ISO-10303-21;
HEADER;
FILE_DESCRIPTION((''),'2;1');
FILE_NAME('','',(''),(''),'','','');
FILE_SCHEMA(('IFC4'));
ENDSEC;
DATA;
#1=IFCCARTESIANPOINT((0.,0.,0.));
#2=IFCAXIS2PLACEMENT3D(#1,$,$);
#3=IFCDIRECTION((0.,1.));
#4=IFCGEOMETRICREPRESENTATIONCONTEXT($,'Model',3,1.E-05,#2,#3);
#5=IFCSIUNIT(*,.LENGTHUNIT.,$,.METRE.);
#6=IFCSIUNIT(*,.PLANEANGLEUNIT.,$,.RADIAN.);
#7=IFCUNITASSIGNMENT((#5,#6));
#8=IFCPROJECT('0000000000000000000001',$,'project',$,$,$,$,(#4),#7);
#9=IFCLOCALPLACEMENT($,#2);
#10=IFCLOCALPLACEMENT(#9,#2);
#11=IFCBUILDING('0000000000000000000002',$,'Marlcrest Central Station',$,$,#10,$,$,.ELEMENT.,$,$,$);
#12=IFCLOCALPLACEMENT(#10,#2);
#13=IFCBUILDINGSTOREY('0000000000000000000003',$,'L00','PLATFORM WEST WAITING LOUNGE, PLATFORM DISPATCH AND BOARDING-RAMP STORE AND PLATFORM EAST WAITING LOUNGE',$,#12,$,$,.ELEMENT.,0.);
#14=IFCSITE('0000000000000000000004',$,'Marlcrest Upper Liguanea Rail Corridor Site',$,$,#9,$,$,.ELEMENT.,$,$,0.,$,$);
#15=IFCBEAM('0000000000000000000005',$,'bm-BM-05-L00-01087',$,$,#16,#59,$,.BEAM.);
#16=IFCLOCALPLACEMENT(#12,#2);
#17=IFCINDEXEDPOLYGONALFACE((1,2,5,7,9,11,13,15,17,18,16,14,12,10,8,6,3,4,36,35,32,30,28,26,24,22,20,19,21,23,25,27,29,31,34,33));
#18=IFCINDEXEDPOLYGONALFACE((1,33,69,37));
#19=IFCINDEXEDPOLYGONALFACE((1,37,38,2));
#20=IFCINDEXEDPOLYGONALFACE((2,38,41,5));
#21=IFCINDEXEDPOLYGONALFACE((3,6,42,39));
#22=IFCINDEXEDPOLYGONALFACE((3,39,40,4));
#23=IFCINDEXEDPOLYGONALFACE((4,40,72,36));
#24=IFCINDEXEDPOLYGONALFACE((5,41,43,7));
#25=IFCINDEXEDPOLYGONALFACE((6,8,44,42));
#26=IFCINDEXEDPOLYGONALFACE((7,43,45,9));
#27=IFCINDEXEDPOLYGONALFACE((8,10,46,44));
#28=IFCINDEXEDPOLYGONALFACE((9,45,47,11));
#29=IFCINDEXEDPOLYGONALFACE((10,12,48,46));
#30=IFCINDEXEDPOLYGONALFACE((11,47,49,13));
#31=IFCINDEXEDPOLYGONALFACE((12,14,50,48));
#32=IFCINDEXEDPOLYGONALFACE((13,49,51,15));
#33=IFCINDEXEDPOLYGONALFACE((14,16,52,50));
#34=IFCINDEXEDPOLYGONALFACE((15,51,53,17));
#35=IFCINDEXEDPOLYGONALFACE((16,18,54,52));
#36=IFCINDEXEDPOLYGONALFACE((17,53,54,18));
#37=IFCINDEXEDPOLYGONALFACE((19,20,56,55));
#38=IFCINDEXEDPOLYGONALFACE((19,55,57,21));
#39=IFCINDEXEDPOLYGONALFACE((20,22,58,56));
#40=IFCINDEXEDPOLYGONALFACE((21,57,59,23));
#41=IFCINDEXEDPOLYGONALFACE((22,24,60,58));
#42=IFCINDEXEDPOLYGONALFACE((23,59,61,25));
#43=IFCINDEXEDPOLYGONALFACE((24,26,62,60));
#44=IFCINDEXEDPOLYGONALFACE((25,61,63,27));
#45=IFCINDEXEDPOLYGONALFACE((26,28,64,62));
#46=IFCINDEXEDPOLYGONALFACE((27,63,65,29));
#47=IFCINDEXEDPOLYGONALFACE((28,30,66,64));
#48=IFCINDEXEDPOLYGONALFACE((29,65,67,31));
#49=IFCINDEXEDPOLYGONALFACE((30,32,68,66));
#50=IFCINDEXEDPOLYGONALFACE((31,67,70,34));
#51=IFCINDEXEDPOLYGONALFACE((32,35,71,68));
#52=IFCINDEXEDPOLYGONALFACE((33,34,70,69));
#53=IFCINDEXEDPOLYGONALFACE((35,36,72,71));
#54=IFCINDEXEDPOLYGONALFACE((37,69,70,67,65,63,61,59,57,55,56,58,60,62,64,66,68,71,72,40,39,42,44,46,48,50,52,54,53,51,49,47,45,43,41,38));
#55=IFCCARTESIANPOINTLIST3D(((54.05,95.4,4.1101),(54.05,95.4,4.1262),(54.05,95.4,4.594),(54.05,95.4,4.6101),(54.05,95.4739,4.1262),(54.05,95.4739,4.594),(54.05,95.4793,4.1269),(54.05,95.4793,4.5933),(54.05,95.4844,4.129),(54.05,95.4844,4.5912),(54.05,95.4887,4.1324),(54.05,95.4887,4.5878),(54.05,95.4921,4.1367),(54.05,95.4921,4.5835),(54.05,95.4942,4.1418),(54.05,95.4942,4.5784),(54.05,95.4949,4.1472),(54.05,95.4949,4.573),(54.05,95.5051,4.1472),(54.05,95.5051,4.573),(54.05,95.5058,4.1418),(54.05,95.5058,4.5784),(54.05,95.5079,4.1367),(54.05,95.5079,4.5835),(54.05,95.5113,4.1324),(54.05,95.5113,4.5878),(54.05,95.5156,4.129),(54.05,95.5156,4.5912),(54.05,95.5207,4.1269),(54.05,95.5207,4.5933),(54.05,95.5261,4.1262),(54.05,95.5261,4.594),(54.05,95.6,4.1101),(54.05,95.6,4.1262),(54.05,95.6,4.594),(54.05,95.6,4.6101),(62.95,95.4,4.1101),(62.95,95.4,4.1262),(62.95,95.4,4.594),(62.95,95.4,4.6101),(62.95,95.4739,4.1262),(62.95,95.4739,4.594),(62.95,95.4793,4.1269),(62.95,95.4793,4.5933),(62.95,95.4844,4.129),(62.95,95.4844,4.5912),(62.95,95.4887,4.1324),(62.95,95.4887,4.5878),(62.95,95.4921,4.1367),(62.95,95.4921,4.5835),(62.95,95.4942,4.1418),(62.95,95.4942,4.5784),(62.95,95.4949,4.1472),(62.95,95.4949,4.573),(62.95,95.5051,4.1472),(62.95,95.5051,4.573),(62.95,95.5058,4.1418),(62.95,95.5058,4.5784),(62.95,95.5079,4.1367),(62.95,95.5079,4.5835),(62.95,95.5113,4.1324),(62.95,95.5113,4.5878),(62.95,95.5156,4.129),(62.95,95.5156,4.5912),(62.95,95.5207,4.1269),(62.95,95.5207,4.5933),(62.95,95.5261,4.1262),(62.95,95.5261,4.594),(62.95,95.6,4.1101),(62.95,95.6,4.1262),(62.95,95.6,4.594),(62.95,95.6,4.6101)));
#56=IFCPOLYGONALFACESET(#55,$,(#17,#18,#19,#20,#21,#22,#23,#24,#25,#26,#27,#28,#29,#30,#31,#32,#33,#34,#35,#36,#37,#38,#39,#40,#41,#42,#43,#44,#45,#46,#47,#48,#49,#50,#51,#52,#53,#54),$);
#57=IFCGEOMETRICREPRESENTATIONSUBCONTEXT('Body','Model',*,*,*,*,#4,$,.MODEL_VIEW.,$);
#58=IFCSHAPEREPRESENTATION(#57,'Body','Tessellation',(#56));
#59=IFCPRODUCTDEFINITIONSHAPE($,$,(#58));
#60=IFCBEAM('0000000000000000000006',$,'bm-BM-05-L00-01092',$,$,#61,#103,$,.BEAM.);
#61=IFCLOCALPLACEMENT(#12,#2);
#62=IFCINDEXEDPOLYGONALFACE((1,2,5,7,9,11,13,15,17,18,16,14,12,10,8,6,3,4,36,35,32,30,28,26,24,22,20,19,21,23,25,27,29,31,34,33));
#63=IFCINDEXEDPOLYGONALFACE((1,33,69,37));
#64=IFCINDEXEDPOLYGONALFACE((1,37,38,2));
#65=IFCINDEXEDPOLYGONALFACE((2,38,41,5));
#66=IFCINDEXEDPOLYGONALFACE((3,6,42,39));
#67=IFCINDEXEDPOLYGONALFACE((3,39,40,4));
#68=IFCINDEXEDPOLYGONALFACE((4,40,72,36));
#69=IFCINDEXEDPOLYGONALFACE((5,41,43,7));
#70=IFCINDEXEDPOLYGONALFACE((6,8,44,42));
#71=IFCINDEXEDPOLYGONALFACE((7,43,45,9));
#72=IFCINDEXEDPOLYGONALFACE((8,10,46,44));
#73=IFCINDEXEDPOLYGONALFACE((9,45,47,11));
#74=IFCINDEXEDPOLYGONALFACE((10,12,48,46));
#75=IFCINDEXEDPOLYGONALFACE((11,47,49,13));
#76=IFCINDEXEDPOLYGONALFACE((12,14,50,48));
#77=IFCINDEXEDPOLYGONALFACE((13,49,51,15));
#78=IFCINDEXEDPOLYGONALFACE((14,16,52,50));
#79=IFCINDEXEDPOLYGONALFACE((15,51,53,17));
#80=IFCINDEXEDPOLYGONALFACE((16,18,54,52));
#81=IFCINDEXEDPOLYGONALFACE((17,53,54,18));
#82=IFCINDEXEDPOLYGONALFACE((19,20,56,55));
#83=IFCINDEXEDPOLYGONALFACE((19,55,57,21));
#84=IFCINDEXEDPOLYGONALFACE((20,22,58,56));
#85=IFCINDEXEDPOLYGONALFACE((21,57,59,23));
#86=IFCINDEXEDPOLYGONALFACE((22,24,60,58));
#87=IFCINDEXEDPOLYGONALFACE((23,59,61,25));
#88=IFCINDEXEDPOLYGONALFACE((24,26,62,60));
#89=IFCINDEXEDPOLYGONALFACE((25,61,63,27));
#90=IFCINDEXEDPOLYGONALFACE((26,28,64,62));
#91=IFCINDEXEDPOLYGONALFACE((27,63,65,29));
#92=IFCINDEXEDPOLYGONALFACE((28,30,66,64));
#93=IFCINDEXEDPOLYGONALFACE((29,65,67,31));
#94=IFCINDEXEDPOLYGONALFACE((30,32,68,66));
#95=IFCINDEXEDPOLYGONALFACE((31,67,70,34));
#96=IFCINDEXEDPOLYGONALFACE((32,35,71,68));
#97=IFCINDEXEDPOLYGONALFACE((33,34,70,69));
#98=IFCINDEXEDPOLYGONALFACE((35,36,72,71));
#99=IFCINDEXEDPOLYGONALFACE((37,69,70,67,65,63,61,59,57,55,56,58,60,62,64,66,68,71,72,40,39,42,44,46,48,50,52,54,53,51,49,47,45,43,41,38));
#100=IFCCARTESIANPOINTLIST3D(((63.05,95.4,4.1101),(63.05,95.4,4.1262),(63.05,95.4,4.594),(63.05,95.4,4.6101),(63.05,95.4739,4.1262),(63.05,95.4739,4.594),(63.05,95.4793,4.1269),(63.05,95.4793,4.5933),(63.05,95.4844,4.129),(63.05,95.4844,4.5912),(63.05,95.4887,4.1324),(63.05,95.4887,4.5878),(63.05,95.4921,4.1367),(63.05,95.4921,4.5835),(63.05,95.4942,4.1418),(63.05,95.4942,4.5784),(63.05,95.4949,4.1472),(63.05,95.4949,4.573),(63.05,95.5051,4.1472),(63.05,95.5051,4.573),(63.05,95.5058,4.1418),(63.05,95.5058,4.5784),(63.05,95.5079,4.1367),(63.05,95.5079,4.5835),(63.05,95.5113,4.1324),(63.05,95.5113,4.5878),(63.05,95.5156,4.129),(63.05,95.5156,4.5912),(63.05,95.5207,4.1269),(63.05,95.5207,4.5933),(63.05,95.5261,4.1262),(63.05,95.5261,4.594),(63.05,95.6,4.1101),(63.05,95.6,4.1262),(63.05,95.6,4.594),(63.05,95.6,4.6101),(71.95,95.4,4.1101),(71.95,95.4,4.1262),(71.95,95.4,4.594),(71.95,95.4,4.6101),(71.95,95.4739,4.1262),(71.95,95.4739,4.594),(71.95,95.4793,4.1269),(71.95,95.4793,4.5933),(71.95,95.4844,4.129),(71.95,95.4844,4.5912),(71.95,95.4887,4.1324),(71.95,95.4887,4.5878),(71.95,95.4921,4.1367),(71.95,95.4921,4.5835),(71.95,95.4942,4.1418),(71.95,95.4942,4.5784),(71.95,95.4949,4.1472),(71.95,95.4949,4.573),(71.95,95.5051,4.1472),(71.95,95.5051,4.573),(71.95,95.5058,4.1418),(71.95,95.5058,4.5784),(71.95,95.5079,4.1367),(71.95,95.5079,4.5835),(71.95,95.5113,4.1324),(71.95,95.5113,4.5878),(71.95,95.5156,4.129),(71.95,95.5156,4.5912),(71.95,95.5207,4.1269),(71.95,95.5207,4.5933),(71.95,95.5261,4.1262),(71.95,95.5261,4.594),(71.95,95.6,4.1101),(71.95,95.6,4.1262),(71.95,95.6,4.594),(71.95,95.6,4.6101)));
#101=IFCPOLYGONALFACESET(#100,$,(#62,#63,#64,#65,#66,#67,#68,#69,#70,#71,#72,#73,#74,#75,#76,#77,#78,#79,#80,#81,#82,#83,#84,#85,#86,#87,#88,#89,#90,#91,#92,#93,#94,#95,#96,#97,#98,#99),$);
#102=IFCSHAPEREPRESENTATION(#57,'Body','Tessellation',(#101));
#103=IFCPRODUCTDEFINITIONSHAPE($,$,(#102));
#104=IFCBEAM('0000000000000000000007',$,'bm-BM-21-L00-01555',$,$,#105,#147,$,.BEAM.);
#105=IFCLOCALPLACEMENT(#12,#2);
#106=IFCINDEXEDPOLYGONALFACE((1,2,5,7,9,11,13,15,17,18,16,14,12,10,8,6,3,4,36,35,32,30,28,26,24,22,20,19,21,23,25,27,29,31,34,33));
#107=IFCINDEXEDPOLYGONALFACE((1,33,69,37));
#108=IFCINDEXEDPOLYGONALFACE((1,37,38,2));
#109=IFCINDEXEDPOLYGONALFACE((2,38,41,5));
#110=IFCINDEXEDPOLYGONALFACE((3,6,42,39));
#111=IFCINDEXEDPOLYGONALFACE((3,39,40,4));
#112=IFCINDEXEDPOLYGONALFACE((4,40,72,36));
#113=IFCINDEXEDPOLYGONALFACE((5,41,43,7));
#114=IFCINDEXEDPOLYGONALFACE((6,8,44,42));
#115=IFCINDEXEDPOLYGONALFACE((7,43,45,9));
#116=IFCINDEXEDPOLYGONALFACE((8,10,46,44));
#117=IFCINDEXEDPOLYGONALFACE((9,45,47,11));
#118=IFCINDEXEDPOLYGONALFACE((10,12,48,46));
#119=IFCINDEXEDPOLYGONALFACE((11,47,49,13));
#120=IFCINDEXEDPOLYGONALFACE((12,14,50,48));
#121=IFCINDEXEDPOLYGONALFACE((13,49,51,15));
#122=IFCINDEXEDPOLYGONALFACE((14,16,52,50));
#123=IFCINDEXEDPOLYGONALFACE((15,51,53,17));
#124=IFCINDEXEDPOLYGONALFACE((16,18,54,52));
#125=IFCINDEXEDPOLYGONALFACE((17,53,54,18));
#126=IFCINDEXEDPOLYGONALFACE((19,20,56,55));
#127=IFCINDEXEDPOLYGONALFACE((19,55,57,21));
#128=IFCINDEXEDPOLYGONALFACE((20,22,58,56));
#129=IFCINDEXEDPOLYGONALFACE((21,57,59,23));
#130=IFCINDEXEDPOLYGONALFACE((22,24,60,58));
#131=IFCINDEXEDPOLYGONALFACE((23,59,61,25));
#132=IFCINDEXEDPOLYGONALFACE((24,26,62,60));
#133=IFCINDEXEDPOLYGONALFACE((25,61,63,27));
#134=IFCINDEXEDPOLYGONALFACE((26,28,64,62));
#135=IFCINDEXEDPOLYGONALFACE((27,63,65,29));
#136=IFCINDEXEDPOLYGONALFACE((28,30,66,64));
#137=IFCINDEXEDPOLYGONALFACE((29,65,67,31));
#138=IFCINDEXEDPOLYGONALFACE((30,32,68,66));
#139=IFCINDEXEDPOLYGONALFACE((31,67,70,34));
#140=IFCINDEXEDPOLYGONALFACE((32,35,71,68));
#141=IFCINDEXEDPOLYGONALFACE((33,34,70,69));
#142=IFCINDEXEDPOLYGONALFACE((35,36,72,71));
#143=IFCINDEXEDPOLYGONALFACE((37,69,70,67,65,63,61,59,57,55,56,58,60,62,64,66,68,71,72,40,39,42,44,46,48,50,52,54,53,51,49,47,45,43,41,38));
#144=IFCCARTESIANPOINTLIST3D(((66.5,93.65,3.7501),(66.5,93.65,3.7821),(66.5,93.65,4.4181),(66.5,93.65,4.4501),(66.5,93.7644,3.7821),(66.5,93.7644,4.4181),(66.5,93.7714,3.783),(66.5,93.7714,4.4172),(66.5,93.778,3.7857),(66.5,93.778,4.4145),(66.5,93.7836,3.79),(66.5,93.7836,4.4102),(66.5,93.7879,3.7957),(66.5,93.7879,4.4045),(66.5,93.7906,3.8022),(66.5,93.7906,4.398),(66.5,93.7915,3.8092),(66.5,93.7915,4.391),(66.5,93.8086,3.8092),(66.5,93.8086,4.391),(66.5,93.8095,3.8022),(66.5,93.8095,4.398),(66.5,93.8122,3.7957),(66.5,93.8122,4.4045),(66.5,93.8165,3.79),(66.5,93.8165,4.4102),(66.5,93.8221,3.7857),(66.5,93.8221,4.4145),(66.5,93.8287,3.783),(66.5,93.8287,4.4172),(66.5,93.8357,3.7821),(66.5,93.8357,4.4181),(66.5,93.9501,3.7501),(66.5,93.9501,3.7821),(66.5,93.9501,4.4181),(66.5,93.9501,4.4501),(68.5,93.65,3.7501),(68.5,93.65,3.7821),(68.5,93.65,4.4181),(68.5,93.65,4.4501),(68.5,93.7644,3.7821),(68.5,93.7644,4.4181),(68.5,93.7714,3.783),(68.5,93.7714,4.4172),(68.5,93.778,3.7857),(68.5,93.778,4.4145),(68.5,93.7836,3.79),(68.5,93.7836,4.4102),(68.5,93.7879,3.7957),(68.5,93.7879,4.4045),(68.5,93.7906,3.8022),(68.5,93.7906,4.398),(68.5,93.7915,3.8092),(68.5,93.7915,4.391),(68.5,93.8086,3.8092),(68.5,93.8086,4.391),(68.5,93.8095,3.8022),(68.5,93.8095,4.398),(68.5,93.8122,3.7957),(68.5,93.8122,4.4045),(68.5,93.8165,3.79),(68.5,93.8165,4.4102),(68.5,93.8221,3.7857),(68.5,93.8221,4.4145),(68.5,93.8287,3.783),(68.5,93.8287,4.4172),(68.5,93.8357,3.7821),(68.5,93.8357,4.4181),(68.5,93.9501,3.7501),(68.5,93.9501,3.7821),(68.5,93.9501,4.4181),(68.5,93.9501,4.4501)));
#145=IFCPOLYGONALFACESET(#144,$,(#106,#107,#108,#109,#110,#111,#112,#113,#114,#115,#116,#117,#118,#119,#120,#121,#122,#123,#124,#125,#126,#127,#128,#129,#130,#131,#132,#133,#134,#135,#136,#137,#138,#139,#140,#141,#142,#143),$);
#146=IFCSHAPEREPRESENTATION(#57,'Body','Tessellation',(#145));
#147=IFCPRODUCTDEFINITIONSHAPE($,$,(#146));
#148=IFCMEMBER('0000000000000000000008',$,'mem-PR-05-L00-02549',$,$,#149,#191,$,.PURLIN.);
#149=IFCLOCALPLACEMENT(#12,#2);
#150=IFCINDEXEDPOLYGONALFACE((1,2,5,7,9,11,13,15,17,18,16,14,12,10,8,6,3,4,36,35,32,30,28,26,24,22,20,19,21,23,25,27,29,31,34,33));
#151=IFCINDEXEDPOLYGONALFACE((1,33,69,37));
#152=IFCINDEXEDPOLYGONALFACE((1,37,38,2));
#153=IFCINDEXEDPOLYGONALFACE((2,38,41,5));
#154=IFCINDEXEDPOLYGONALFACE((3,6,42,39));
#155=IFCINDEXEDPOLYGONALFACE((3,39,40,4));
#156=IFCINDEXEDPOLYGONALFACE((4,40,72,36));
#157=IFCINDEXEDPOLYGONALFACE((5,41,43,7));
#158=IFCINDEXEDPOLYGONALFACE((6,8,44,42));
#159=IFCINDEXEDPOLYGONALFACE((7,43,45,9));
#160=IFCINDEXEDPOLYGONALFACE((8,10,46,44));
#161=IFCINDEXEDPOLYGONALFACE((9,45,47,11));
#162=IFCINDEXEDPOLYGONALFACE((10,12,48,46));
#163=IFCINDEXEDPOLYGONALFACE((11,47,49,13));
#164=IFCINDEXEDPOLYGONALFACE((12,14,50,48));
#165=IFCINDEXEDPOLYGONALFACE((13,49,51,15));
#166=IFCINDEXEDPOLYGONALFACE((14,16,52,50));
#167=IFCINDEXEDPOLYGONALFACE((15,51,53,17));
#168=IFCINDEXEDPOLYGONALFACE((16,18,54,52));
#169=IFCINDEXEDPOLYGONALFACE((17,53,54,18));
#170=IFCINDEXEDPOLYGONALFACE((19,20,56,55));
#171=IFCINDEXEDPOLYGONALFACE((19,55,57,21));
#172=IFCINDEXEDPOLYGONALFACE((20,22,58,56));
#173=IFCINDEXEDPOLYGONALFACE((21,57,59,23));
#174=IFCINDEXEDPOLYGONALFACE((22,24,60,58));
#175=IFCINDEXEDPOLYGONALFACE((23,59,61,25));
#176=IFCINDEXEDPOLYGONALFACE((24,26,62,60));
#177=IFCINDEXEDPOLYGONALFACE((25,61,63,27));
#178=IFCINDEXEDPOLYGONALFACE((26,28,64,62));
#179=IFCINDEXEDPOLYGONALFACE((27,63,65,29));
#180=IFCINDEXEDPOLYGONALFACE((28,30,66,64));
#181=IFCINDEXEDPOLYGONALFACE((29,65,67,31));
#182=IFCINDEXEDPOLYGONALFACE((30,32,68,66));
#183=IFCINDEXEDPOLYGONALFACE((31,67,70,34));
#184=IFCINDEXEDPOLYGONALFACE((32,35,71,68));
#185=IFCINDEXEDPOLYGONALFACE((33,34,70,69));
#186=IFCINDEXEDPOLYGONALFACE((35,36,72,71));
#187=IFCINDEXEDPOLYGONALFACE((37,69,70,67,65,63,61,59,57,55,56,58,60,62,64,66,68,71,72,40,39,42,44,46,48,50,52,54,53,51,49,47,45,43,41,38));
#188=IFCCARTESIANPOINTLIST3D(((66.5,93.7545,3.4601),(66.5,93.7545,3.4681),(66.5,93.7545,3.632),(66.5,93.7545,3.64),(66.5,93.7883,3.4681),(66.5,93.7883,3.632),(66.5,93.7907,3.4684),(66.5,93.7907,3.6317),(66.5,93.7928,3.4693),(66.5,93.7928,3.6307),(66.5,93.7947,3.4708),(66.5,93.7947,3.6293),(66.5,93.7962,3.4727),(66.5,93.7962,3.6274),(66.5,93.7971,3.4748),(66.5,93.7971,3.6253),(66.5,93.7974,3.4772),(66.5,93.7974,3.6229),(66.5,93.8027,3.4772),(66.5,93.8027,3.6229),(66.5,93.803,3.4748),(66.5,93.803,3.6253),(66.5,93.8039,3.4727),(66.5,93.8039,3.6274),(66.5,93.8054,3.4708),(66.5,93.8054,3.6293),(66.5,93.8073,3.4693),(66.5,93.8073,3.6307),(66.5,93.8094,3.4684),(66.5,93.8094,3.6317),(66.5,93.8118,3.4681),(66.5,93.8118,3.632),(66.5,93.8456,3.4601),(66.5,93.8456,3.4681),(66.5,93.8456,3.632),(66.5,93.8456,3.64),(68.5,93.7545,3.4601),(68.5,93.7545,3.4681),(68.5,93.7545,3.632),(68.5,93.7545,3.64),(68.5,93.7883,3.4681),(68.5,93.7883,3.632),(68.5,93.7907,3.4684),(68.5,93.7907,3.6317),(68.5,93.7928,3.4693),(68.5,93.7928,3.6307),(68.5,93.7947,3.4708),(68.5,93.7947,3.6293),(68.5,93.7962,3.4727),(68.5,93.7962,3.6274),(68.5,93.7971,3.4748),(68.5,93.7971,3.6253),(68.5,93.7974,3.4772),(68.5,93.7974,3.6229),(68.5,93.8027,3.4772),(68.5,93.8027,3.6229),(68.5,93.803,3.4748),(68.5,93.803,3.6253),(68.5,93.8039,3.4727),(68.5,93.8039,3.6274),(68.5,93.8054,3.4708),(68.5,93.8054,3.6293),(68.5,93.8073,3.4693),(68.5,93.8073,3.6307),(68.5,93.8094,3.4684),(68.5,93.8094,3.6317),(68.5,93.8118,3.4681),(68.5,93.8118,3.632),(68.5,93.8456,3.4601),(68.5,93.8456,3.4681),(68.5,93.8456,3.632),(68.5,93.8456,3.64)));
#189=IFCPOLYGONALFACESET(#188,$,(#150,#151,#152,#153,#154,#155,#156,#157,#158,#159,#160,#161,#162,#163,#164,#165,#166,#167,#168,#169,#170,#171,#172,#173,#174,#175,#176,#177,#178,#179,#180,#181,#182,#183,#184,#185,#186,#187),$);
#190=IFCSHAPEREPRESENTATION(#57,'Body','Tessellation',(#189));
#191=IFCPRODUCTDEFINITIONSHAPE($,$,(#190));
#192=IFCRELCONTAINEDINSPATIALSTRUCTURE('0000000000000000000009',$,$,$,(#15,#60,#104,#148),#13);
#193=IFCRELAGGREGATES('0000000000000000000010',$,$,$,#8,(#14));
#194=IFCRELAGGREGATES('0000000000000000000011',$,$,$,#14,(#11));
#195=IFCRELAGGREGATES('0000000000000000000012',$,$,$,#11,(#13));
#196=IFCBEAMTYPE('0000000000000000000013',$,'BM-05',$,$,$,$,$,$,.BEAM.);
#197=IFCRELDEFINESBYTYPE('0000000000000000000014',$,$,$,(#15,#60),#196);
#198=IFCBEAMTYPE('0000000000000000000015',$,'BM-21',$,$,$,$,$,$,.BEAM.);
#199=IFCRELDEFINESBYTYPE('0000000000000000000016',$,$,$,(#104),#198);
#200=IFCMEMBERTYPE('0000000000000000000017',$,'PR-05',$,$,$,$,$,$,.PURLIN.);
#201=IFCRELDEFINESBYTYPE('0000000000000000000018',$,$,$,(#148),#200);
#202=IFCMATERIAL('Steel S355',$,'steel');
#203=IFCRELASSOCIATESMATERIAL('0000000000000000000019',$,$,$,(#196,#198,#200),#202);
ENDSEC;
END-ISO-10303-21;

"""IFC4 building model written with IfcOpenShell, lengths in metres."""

from ifc_helpers import new_model, si_unit, direction, frame, origin, origin_2d, place, context, subcontext, project, spatial, i_section, extrude, material, material_profile, profile_set, type_object, element, save


model = new_model("IFC4")

# Units and contexts
model_context = context("Model", 3, precision=1e-05, world=origin(), true_north=direction((0.0, 1.0)))
body_context = subcontext(model_context, "Body", "Model", "MODEL_VIEW")
ifc_project = project(units=[si_unit("LENGTHUNIT", "METRE"), si_unit("PLANEANGLEUNIT", "RADIAN")], contexts=[model_context])

# Site, building, storey
site_placement = place(None, origin())
site = spatial("IfcSite", under=ifc_project, at=site_placement, Name="Marlcrest Upper Liguanea Rail Corridor Site", CompositionType="ELEMENT", RefElevation=0.0)
building_placement = place(site_placement, origin())
building = spatial("IfcBuilding", under=site, at=building_placement, Name="Marlcrest Central Station", CompositionType="ELEMENT")
storey_placement = place(building_placement, origin())
storey = spatial("IfcBuildingStorey", under=building, at=storey_placement, Name="L00", Description="PLATFORM WEST WAITING LOUNGE, PLATFORM DISPATCH AND BOARDING-RAMP STORE AND PLATFORM EAST WAITING LOUNGE", CompositionType="ELEMENT", Elevation=0.0)

# Shared definitions
ifc_material_1 = material(Name="Steel S355", Category="steel")

# Beams
ifc_material_profile_1 = material_profile(ifc_material_1, i_section(OverallWidth=0.2, OverallDepth=0.5, WebThickness=0.0103, FlangeThickness=0.0161, FilletRadius=0.021, at=origin_2d()), Name="IPE 500")
ifc_profile_set_1 = profile_set([ifc_material_profile_1], Name="Steel S355")
beam_type_1 = type_object("IfcBeamType", Name="BM-05", PredefinedType="BEAM", material=ifc_profile_set_1)
for number, where, z_axis, x_axis, name in (
    (1, (54.05, 95.5, 4.3601), (1.0, 0.0, 0.0), (0.0, 1.0, 0.0), "bm-BM-05-L00-01087"),
    (2, (63.05, 95.5, 4.3601), (1.0, 0.0, 0.0), (0.0, 1.0, 0.0), "bm-BM-05-L00-01092"),
):
    element("IfcBeam", number, at=place(storey_placement, frame(where, z_axis=z_axis, x_axis=x_axis)), inside=storey, type_object=beam_type_1, Name=name, PredefinedType="BEAM", context=body_context, shape_type="SweptSolid", body=[
        extrude(i_section(OverallWidth=0.2, OverallDepth=0.5, WebThickness=0.0103, FlangeThickness=0.0161, FilletRadius=0.021, at=origin_2d()), origin(), (0.0, 0.0, 1.0), 8.8999),
    ])
ifc_material_profile_2 = material_profile(ifc_material_1, i_section(OverallWidth=0.3, OverallDepth=0.7, WebThickness=0.0171, FlangeThickness=0.032, FilletRadius=0.0271, at=origin_2d()), Name="HEB 700")
ifc_profile_set_2 = profile_set([ifc_material_profile_2], Name="Steel S355")
beam_type_2 = type_object("IfcBeamType", Name="BM-21", PredefinedType="BEAM", material=ifc_profile_set_2)
beam_1_placement = place(storey_placement, frame((66.5, 93.8, 4.1001), z_axis=(1.0, 0.0, 0.0), x_axis=(0.0, 1.0, 0.0)))
element("IfcBeam", 3, at=beam_1_placement, inside=storey, type_object=beam_type_2, Name="bm-BM-21-L00-01555", PredefinedType="BEAM", context=body_context, shape_type="SweptSolid", body=[
    extrude(i_section(OverallWidth=0.3, OverallDepth=0.7, WebThickness=0.0171, FlangeThickness=0.032, FilletRadius=0.0271, at=origin_2d()), origin(), (0.0, 0.0, 1.0), 2.0),
])

# Member
ifc_material_profile_3 = material_profile(ifc_material_1, i_section(OverallWidth=0.0911, OverallDepth=0.1799, WebThickness=0.0054, FlangeThickness=0.0081, FilletRadius=0.009, at=origin_2d()), Name="IPE 180")
ifc_profile_set_3 = profile_set([ifc_material_profile_3], Name="Steel S355")
member_type = type_object("IfcMemberType", Name="PR-05", PredefinedType="PURLIN", material=ifc_profile_set_3)
member_placement = place(storey_placement, frame((66.5, 93.8, 3.55), z_axis=(1.0, 0.0, 0.0), x_axis=(0.0, 1.0, 0.0)))
element("IfcMember", 4, at=member_placement, inside=storey, type_object=member_type, Name="mem-PR-05-L00-02549", PredefinedType="PURLIN", context=body_context, shape_type="SweptSolid", body=[
    extrude(i_section(OverallWidth=0.0911, OverallDepth=0.1799, WebThickness=0.0054, FlangeThickness=0.0081, FilletRadius=0.009, at=origin_2d()), origin(), (0.0, 0.0, 1.0), 2.0),
])

save(model, "model.ifc")
